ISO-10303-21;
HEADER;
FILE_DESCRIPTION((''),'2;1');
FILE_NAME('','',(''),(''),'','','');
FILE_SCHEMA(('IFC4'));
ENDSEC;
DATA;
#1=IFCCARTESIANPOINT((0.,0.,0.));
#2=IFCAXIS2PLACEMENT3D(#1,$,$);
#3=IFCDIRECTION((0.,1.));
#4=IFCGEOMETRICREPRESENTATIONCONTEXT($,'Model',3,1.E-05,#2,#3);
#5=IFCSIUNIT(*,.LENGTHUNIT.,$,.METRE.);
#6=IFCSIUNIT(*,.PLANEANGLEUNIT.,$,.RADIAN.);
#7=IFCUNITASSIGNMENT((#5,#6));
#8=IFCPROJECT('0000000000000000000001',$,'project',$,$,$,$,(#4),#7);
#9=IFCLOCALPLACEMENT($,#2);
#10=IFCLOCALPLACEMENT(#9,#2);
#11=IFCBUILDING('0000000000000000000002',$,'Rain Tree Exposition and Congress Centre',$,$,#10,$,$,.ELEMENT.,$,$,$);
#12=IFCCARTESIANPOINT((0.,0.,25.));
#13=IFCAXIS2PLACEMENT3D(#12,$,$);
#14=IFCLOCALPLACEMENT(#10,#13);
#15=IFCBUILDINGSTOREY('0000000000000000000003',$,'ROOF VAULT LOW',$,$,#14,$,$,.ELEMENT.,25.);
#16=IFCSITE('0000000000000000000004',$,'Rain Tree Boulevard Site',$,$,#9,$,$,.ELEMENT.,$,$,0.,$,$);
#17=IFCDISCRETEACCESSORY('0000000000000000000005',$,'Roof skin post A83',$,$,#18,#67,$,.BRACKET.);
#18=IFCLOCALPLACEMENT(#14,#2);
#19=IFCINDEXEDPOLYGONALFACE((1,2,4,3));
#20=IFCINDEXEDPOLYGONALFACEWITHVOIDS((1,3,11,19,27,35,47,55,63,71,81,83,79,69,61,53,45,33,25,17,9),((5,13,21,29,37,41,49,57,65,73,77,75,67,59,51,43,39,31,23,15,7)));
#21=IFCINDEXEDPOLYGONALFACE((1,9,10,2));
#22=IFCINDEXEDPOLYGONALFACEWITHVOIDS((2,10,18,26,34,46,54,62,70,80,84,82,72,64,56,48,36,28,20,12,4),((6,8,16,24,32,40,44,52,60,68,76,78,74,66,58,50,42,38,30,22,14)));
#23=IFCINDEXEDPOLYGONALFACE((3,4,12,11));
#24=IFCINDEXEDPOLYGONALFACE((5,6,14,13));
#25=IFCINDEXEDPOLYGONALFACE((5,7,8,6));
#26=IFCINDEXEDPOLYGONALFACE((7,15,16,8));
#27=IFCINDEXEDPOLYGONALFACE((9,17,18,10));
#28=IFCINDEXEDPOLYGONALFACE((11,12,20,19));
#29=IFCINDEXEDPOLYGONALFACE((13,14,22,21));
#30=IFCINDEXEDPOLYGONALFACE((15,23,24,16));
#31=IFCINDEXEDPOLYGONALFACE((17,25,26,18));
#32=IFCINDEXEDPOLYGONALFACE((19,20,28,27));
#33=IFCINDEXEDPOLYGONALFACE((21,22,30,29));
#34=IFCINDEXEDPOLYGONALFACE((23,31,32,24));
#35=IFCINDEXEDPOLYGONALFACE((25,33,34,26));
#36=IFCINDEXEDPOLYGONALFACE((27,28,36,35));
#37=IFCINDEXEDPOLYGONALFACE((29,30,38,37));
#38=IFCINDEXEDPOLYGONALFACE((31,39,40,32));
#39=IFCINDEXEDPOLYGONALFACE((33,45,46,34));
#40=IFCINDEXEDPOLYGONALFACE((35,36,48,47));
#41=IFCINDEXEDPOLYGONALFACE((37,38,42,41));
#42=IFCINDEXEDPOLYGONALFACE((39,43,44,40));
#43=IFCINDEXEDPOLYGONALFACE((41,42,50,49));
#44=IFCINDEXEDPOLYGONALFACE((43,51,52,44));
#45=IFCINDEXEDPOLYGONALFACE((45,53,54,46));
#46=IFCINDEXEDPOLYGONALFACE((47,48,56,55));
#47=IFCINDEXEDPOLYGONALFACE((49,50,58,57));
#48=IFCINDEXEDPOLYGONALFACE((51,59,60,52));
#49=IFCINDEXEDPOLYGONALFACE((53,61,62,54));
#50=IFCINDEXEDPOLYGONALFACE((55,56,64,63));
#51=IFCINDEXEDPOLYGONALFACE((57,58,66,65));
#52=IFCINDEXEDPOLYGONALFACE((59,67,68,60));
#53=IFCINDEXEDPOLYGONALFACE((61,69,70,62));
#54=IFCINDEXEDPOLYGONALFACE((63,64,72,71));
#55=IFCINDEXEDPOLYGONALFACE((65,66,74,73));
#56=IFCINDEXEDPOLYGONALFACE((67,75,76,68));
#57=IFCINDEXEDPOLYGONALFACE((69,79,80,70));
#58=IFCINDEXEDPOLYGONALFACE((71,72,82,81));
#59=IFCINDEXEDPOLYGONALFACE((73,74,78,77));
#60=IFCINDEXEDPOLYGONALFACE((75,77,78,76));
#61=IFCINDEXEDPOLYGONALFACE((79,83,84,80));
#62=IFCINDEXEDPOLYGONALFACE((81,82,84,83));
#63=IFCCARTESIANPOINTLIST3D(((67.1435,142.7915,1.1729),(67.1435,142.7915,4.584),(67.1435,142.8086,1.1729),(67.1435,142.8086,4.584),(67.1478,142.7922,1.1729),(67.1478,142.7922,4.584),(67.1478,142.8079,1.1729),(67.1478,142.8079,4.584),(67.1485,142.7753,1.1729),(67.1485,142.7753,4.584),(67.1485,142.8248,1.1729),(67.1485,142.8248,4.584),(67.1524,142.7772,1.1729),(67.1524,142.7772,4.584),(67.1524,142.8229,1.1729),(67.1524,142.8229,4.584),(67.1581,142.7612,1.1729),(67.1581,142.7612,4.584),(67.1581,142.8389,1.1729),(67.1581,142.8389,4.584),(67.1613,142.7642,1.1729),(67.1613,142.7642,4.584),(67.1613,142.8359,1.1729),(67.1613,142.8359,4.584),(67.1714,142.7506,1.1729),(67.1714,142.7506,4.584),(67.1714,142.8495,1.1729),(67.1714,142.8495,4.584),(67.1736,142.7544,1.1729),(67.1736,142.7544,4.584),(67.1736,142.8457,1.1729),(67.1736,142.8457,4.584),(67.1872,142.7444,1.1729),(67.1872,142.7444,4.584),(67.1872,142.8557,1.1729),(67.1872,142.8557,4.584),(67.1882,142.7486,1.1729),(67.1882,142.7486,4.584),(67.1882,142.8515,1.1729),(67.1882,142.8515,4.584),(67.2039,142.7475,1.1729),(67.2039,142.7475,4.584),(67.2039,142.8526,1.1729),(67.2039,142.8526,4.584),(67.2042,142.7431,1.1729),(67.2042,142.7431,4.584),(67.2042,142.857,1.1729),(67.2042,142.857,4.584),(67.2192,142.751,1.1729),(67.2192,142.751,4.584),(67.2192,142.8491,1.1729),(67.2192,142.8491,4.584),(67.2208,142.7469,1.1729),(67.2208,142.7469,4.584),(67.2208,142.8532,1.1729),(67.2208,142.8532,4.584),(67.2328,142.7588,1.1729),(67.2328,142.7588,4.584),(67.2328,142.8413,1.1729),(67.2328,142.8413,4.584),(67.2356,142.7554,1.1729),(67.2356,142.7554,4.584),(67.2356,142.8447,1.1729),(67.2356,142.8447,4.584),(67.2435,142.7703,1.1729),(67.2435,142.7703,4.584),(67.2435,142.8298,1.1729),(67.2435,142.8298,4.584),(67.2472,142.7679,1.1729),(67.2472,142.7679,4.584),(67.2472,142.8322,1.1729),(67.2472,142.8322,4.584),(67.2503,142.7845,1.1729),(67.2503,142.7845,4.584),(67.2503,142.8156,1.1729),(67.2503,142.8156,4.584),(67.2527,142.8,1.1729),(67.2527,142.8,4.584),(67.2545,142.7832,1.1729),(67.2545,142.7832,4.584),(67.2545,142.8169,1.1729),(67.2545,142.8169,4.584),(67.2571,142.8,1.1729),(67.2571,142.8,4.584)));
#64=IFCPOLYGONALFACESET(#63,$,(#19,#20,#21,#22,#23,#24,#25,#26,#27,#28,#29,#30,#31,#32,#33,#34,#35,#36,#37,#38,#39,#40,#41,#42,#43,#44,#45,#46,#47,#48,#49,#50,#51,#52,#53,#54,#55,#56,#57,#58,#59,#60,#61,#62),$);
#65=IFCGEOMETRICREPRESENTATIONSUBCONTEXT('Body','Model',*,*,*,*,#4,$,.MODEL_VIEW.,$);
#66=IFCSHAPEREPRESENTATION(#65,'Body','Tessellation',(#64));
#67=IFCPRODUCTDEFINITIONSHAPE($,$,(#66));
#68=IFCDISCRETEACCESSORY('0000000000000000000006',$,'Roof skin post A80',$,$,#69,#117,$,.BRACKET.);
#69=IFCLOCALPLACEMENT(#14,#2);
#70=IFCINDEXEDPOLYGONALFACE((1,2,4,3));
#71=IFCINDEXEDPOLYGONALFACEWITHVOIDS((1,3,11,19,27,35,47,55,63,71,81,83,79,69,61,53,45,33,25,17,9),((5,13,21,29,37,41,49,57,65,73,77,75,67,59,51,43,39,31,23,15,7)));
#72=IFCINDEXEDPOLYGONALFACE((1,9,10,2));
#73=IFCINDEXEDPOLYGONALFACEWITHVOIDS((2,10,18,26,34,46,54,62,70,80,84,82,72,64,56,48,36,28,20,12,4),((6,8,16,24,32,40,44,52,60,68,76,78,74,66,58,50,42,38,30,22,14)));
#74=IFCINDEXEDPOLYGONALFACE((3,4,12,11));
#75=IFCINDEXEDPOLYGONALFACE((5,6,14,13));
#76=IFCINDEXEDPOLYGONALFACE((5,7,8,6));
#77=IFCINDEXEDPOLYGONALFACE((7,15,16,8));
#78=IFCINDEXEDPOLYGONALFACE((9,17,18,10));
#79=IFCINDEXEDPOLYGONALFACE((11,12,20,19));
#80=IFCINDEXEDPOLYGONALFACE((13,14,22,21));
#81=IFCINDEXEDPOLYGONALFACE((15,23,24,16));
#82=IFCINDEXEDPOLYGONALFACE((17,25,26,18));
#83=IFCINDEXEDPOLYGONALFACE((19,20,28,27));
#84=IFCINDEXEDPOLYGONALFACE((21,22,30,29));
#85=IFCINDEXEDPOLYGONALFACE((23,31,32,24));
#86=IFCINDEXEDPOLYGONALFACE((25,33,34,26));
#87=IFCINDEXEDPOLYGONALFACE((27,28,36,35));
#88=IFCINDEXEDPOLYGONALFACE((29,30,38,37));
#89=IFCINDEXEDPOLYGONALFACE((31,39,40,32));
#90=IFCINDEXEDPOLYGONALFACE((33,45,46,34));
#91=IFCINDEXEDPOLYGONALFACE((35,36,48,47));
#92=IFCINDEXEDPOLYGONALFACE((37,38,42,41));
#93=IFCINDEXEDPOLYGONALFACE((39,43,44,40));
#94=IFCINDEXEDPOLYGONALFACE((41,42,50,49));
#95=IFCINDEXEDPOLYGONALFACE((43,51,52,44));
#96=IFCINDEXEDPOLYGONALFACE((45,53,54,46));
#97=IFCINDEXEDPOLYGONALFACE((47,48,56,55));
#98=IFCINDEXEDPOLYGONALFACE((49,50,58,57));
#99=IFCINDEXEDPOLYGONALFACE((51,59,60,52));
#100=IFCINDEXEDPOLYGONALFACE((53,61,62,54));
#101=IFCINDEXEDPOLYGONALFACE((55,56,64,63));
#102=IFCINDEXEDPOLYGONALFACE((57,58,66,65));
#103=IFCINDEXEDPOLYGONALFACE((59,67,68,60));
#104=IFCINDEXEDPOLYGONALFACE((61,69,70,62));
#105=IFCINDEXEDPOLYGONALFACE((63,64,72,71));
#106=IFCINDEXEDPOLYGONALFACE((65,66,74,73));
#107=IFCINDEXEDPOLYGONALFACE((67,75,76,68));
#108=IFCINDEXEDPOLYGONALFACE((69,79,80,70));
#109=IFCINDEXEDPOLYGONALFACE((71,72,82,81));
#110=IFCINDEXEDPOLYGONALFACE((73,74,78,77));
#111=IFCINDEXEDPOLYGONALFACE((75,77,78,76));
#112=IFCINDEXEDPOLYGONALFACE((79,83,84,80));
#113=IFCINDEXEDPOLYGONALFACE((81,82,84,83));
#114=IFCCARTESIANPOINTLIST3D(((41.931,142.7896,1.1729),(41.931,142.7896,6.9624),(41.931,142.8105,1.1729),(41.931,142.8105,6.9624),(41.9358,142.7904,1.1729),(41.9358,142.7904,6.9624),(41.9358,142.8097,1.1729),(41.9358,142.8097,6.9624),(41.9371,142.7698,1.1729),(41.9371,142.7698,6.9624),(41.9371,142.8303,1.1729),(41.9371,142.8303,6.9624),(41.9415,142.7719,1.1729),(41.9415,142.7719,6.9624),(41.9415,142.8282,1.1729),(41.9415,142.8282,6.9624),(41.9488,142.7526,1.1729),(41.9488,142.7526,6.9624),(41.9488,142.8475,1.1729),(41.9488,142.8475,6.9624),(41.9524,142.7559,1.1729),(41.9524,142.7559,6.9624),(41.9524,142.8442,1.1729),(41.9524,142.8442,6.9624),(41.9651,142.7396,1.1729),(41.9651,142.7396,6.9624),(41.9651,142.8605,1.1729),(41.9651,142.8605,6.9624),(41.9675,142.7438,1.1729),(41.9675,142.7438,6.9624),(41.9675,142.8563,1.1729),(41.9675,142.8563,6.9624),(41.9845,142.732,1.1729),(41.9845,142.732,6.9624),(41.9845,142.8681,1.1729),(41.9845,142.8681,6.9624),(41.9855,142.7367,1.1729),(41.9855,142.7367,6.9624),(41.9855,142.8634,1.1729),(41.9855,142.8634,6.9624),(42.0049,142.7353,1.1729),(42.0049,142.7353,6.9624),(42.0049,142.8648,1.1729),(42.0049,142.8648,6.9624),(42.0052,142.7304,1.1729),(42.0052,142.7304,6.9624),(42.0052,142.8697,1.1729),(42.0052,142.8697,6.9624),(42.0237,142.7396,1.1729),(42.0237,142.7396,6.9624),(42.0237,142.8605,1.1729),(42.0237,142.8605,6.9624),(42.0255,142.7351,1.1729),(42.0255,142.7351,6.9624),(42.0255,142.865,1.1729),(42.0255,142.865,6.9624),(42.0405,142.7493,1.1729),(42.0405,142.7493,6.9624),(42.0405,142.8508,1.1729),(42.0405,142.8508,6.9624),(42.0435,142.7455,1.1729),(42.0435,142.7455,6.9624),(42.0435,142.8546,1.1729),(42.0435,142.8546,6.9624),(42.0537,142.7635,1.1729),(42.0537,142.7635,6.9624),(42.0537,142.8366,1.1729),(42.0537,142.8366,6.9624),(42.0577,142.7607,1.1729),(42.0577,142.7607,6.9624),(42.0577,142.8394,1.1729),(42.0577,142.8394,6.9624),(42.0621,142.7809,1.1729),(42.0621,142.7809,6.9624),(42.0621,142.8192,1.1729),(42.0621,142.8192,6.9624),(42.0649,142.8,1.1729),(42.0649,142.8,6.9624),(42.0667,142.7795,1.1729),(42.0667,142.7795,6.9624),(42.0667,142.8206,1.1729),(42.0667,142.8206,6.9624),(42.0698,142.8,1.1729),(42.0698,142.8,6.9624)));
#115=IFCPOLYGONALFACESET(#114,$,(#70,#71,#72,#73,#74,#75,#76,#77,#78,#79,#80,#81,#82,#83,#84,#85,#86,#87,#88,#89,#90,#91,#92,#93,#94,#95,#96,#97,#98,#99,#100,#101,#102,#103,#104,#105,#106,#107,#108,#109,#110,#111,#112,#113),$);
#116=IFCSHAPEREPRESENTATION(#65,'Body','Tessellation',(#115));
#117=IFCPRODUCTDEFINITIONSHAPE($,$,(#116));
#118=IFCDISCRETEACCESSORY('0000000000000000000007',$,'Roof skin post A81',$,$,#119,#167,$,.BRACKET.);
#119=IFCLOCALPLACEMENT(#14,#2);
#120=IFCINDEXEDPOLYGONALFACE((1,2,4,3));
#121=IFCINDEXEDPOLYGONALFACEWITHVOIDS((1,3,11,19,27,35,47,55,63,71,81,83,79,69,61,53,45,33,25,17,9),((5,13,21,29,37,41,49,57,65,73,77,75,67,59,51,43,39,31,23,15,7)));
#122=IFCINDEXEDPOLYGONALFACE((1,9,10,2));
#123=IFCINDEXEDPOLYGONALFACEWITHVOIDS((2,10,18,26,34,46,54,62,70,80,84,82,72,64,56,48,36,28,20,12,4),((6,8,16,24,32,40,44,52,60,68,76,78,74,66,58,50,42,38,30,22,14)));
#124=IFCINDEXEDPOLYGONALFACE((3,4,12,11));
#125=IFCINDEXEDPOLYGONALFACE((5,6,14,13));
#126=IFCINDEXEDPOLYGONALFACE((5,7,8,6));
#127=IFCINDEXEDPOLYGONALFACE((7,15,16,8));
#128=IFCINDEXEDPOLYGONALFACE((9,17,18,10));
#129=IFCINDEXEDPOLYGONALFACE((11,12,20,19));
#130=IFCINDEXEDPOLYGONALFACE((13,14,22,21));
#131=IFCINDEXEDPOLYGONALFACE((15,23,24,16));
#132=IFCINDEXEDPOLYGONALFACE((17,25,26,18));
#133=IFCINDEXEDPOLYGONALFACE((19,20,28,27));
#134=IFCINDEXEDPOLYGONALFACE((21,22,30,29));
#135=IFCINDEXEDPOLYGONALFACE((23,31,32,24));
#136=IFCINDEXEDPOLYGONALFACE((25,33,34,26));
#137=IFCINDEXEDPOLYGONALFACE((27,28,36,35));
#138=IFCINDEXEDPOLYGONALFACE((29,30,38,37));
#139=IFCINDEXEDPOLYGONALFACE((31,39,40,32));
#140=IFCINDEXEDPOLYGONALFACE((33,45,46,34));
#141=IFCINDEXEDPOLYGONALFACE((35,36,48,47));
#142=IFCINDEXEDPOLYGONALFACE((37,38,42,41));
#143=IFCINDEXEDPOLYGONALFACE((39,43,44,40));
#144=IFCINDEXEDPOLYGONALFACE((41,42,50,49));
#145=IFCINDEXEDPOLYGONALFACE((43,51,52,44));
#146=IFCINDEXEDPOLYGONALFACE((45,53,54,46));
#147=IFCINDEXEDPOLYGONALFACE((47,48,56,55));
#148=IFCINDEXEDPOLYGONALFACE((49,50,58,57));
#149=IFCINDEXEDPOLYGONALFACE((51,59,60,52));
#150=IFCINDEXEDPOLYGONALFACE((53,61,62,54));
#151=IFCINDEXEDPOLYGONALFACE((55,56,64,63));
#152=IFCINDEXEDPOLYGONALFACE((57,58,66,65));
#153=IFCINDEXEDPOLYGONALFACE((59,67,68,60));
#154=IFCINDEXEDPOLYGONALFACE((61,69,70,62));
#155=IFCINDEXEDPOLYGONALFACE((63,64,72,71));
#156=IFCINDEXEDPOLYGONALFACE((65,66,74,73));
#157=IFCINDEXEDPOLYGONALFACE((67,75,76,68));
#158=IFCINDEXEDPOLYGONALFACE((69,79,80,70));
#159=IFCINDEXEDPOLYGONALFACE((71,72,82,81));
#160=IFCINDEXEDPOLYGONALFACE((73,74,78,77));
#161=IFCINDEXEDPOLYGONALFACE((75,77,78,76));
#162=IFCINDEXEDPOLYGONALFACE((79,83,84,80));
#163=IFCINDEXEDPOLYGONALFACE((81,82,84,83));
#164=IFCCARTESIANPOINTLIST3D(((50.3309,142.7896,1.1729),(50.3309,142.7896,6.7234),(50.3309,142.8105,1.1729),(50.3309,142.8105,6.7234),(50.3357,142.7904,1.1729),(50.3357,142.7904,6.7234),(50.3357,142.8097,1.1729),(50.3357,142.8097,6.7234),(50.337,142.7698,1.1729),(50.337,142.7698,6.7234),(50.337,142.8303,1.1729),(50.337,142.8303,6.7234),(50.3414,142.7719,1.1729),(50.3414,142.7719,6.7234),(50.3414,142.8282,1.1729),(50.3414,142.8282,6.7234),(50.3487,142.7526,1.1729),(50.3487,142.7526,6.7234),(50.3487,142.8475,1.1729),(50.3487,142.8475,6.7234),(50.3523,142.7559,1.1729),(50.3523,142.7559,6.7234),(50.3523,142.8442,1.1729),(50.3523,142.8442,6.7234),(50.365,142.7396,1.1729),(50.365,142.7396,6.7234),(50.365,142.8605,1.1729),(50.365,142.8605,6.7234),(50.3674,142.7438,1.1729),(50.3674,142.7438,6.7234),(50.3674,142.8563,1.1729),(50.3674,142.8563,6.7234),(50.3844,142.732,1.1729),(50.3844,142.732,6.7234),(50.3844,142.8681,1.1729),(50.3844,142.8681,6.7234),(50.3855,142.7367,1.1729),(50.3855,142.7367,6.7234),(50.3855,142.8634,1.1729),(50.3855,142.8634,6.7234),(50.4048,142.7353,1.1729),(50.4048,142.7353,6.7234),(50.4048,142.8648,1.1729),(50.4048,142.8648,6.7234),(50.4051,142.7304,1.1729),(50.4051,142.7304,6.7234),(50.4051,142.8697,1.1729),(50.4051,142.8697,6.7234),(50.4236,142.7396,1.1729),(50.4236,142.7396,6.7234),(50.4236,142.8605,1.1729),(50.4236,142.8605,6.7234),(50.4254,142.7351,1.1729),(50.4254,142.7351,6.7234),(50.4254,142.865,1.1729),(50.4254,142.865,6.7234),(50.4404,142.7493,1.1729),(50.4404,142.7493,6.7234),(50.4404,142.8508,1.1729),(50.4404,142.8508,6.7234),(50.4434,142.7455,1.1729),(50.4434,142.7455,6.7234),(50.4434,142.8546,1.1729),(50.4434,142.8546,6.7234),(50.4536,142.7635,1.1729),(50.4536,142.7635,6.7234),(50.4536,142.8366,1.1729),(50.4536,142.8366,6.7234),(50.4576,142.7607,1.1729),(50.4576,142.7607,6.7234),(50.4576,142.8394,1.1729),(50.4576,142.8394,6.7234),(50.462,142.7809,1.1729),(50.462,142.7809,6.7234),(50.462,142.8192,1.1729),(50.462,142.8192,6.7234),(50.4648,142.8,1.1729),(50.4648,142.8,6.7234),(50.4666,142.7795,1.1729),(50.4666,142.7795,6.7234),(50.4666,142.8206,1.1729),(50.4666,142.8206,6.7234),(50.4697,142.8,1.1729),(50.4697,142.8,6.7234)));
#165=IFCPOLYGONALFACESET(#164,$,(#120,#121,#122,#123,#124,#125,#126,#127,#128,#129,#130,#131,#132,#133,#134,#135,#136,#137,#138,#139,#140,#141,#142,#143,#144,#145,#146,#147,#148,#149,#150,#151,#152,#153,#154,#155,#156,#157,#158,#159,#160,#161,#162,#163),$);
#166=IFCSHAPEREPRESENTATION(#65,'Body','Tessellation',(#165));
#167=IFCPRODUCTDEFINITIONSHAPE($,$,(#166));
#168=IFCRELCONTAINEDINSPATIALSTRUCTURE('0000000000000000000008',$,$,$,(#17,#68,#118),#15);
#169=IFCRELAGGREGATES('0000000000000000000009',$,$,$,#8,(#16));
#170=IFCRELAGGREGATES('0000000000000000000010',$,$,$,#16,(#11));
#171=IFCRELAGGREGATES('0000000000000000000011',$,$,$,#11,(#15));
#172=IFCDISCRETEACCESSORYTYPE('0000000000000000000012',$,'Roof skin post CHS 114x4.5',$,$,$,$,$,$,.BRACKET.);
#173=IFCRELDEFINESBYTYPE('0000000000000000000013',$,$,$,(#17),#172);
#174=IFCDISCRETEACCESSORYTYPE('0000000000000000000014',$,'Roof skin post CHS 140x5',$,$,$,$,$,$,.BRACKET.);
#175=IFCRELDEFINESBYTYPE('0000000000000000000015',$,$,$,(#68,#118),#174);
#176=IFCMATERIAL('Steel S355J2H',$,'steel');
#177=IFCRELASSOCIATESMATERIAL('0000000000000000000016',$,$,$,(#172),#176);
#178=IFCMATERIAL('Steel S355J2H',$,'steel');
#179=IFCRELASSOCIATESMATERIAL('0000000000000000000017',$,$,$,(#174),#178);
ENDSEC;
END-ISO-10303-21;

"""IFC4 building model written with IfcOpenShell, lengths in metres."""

from ifc_helpers import new_model, si_unit, direction, frame, origin, origin_2d, place, context, subcontext, project, spatial, hollow_circle, extrude, material, material_profile, profile_set, type_object, element, save


model = new_model("IFC4")

# Units and contexts
model_context = context("Model", 3, precision=1e-05, world=origin(), true_north=direction((0.0, 1.0)))
body_context = subcontext(model_context, "Body", "Model", "MODEL_VIEW")
ifc_project = project(units=[si_unit("LENGTHUNIT", "METRE"), si_unit("PLANEANGLEUNIT", "RADIAN")], contexts=[model_context])

# Site, building, storey
site_placement = place(None, origin())
site = spatial("IfcSite", under=ifc_project, at=site_placement, Name="Rain Tree Boulevard Site", CompositionType="ELEMENT", RefElevation=0.0)
building_placement = place(site_placement, origin())
building = spatial("IfcBuilding", under=site, at=building_placement, Name="Rain Tree Exposition and Congress Centre", CompositionType="ELEMENT")
storey_placement = place(building_placement, frame((0.0, 0.0, 25.0)))
storey = spatial("IfcBuildingStorey", under=building, at=storey_placement, Name="ROOF VAULT LOW", CompositionType="ELEMENT", Elevation=25.0)

# Discrete accessories
ifc_material_1 = material(Name="Steel S355J2H", Category="steel")
ifc_material_profile_1 = material_profile(ifc_material_1, hollow_circle(Radius=0.0571, WallThickness=0.0044, at=origin_2d()), Name="CHS 114x4.5")
ifc_profile_set_1 = profile_set([ifc_material_profile_1], Name="Steel S355J2H")
discrete_accessory_type_1 = type_object("IfcDiscreteAccessoryType", Name="Roof skin post CHS 114x4.5", PredefinedType="BRACKET", material=ifc_profile_set_1)
discrete_accessory_1_placement = place(storey_placement, frame((67.2, 142.8, 1.1729), z_axis=(0.0, 0.0, 1.0), x_axis=(1.0, 0.0, 0.0)))
element("IfcDiscreteAccessory", 1, at=discrete_accessory_1_placement, inside=storey, type_object=discrete_accessory_type_1, Name="Roof skin post A83", PredefinedType="BRACKET", context=body_context, shape_type="SweptSolid", body=[
    extrude(hollow_circle(Radius=0.0571, WallThickness=0.0044, at=origin_2d()), origin(), (0.0, 0.0, 1.0), 3.4111),
])
ifc_material_2 = material(Name="Steel S355J2H", Category="steel")
ifc_material_profile_2 = material_profile(ifc_material_2, hollow_circle(Radius=0.0698, WallThickness=0.0049, at=origin_2d()), Name="CHS 140x5")
ifc_profile_set_2 = profile_set([ifc_material_profile_2], Name="Steel S355J2H")
discrete_accessory_type_2 = type_object("IfcDiscreteAccessoryType", Name="Roof skin post CHS 140x5", PredefinedType="BRACKET", material=ifc_profile_set_2)
discrete_accessory_2_placement = place(storey_placement, frame((42.0, 142.8, 1.1729), z_axis=(0.0, 0.0, 1.0), x_axis=(1.0, 0.0, 0.0)))
element("IfcDiscreteAccessory", 2, at=discrete_accessory_2_placement, inside=storey, type_object=discrete_accessory_type_2, Name="Roof skin post A80", PredefinedType="BRACKET", context=body_context, shape_type="SweptSolid", body=[
    extrude(hollow_circle(Radius=0.0698, WallThickness=0.0049, at=origin_2d()), origin(), (0.0, 0.0, 1.0), 5.7896),
])
discrete_accessory_3_placement = place(storey_placement, frame((50.3999, 142.8, 1.1729), z_axis=(0.0, 0.0, 1.0), x_axis=(1.0, 0.0, 0.0)))
element("IfcDiscreteAccessory", 3, at=discrete_accessory_3_placement, inside=storey, type_object=discrete_accessory_type_2, Name="Roof skin post A81", PredefinedType="BRACKET", context=body_context, shape_type="SweptSolid", body=[
    extrude(hollow_circle(Radius=0.0698, WallThickness=0.0049, at=origin_2d()), origin(), (0.0, 0.0, 1.0), 5.5505),
])

save(model, "model.ifc")
